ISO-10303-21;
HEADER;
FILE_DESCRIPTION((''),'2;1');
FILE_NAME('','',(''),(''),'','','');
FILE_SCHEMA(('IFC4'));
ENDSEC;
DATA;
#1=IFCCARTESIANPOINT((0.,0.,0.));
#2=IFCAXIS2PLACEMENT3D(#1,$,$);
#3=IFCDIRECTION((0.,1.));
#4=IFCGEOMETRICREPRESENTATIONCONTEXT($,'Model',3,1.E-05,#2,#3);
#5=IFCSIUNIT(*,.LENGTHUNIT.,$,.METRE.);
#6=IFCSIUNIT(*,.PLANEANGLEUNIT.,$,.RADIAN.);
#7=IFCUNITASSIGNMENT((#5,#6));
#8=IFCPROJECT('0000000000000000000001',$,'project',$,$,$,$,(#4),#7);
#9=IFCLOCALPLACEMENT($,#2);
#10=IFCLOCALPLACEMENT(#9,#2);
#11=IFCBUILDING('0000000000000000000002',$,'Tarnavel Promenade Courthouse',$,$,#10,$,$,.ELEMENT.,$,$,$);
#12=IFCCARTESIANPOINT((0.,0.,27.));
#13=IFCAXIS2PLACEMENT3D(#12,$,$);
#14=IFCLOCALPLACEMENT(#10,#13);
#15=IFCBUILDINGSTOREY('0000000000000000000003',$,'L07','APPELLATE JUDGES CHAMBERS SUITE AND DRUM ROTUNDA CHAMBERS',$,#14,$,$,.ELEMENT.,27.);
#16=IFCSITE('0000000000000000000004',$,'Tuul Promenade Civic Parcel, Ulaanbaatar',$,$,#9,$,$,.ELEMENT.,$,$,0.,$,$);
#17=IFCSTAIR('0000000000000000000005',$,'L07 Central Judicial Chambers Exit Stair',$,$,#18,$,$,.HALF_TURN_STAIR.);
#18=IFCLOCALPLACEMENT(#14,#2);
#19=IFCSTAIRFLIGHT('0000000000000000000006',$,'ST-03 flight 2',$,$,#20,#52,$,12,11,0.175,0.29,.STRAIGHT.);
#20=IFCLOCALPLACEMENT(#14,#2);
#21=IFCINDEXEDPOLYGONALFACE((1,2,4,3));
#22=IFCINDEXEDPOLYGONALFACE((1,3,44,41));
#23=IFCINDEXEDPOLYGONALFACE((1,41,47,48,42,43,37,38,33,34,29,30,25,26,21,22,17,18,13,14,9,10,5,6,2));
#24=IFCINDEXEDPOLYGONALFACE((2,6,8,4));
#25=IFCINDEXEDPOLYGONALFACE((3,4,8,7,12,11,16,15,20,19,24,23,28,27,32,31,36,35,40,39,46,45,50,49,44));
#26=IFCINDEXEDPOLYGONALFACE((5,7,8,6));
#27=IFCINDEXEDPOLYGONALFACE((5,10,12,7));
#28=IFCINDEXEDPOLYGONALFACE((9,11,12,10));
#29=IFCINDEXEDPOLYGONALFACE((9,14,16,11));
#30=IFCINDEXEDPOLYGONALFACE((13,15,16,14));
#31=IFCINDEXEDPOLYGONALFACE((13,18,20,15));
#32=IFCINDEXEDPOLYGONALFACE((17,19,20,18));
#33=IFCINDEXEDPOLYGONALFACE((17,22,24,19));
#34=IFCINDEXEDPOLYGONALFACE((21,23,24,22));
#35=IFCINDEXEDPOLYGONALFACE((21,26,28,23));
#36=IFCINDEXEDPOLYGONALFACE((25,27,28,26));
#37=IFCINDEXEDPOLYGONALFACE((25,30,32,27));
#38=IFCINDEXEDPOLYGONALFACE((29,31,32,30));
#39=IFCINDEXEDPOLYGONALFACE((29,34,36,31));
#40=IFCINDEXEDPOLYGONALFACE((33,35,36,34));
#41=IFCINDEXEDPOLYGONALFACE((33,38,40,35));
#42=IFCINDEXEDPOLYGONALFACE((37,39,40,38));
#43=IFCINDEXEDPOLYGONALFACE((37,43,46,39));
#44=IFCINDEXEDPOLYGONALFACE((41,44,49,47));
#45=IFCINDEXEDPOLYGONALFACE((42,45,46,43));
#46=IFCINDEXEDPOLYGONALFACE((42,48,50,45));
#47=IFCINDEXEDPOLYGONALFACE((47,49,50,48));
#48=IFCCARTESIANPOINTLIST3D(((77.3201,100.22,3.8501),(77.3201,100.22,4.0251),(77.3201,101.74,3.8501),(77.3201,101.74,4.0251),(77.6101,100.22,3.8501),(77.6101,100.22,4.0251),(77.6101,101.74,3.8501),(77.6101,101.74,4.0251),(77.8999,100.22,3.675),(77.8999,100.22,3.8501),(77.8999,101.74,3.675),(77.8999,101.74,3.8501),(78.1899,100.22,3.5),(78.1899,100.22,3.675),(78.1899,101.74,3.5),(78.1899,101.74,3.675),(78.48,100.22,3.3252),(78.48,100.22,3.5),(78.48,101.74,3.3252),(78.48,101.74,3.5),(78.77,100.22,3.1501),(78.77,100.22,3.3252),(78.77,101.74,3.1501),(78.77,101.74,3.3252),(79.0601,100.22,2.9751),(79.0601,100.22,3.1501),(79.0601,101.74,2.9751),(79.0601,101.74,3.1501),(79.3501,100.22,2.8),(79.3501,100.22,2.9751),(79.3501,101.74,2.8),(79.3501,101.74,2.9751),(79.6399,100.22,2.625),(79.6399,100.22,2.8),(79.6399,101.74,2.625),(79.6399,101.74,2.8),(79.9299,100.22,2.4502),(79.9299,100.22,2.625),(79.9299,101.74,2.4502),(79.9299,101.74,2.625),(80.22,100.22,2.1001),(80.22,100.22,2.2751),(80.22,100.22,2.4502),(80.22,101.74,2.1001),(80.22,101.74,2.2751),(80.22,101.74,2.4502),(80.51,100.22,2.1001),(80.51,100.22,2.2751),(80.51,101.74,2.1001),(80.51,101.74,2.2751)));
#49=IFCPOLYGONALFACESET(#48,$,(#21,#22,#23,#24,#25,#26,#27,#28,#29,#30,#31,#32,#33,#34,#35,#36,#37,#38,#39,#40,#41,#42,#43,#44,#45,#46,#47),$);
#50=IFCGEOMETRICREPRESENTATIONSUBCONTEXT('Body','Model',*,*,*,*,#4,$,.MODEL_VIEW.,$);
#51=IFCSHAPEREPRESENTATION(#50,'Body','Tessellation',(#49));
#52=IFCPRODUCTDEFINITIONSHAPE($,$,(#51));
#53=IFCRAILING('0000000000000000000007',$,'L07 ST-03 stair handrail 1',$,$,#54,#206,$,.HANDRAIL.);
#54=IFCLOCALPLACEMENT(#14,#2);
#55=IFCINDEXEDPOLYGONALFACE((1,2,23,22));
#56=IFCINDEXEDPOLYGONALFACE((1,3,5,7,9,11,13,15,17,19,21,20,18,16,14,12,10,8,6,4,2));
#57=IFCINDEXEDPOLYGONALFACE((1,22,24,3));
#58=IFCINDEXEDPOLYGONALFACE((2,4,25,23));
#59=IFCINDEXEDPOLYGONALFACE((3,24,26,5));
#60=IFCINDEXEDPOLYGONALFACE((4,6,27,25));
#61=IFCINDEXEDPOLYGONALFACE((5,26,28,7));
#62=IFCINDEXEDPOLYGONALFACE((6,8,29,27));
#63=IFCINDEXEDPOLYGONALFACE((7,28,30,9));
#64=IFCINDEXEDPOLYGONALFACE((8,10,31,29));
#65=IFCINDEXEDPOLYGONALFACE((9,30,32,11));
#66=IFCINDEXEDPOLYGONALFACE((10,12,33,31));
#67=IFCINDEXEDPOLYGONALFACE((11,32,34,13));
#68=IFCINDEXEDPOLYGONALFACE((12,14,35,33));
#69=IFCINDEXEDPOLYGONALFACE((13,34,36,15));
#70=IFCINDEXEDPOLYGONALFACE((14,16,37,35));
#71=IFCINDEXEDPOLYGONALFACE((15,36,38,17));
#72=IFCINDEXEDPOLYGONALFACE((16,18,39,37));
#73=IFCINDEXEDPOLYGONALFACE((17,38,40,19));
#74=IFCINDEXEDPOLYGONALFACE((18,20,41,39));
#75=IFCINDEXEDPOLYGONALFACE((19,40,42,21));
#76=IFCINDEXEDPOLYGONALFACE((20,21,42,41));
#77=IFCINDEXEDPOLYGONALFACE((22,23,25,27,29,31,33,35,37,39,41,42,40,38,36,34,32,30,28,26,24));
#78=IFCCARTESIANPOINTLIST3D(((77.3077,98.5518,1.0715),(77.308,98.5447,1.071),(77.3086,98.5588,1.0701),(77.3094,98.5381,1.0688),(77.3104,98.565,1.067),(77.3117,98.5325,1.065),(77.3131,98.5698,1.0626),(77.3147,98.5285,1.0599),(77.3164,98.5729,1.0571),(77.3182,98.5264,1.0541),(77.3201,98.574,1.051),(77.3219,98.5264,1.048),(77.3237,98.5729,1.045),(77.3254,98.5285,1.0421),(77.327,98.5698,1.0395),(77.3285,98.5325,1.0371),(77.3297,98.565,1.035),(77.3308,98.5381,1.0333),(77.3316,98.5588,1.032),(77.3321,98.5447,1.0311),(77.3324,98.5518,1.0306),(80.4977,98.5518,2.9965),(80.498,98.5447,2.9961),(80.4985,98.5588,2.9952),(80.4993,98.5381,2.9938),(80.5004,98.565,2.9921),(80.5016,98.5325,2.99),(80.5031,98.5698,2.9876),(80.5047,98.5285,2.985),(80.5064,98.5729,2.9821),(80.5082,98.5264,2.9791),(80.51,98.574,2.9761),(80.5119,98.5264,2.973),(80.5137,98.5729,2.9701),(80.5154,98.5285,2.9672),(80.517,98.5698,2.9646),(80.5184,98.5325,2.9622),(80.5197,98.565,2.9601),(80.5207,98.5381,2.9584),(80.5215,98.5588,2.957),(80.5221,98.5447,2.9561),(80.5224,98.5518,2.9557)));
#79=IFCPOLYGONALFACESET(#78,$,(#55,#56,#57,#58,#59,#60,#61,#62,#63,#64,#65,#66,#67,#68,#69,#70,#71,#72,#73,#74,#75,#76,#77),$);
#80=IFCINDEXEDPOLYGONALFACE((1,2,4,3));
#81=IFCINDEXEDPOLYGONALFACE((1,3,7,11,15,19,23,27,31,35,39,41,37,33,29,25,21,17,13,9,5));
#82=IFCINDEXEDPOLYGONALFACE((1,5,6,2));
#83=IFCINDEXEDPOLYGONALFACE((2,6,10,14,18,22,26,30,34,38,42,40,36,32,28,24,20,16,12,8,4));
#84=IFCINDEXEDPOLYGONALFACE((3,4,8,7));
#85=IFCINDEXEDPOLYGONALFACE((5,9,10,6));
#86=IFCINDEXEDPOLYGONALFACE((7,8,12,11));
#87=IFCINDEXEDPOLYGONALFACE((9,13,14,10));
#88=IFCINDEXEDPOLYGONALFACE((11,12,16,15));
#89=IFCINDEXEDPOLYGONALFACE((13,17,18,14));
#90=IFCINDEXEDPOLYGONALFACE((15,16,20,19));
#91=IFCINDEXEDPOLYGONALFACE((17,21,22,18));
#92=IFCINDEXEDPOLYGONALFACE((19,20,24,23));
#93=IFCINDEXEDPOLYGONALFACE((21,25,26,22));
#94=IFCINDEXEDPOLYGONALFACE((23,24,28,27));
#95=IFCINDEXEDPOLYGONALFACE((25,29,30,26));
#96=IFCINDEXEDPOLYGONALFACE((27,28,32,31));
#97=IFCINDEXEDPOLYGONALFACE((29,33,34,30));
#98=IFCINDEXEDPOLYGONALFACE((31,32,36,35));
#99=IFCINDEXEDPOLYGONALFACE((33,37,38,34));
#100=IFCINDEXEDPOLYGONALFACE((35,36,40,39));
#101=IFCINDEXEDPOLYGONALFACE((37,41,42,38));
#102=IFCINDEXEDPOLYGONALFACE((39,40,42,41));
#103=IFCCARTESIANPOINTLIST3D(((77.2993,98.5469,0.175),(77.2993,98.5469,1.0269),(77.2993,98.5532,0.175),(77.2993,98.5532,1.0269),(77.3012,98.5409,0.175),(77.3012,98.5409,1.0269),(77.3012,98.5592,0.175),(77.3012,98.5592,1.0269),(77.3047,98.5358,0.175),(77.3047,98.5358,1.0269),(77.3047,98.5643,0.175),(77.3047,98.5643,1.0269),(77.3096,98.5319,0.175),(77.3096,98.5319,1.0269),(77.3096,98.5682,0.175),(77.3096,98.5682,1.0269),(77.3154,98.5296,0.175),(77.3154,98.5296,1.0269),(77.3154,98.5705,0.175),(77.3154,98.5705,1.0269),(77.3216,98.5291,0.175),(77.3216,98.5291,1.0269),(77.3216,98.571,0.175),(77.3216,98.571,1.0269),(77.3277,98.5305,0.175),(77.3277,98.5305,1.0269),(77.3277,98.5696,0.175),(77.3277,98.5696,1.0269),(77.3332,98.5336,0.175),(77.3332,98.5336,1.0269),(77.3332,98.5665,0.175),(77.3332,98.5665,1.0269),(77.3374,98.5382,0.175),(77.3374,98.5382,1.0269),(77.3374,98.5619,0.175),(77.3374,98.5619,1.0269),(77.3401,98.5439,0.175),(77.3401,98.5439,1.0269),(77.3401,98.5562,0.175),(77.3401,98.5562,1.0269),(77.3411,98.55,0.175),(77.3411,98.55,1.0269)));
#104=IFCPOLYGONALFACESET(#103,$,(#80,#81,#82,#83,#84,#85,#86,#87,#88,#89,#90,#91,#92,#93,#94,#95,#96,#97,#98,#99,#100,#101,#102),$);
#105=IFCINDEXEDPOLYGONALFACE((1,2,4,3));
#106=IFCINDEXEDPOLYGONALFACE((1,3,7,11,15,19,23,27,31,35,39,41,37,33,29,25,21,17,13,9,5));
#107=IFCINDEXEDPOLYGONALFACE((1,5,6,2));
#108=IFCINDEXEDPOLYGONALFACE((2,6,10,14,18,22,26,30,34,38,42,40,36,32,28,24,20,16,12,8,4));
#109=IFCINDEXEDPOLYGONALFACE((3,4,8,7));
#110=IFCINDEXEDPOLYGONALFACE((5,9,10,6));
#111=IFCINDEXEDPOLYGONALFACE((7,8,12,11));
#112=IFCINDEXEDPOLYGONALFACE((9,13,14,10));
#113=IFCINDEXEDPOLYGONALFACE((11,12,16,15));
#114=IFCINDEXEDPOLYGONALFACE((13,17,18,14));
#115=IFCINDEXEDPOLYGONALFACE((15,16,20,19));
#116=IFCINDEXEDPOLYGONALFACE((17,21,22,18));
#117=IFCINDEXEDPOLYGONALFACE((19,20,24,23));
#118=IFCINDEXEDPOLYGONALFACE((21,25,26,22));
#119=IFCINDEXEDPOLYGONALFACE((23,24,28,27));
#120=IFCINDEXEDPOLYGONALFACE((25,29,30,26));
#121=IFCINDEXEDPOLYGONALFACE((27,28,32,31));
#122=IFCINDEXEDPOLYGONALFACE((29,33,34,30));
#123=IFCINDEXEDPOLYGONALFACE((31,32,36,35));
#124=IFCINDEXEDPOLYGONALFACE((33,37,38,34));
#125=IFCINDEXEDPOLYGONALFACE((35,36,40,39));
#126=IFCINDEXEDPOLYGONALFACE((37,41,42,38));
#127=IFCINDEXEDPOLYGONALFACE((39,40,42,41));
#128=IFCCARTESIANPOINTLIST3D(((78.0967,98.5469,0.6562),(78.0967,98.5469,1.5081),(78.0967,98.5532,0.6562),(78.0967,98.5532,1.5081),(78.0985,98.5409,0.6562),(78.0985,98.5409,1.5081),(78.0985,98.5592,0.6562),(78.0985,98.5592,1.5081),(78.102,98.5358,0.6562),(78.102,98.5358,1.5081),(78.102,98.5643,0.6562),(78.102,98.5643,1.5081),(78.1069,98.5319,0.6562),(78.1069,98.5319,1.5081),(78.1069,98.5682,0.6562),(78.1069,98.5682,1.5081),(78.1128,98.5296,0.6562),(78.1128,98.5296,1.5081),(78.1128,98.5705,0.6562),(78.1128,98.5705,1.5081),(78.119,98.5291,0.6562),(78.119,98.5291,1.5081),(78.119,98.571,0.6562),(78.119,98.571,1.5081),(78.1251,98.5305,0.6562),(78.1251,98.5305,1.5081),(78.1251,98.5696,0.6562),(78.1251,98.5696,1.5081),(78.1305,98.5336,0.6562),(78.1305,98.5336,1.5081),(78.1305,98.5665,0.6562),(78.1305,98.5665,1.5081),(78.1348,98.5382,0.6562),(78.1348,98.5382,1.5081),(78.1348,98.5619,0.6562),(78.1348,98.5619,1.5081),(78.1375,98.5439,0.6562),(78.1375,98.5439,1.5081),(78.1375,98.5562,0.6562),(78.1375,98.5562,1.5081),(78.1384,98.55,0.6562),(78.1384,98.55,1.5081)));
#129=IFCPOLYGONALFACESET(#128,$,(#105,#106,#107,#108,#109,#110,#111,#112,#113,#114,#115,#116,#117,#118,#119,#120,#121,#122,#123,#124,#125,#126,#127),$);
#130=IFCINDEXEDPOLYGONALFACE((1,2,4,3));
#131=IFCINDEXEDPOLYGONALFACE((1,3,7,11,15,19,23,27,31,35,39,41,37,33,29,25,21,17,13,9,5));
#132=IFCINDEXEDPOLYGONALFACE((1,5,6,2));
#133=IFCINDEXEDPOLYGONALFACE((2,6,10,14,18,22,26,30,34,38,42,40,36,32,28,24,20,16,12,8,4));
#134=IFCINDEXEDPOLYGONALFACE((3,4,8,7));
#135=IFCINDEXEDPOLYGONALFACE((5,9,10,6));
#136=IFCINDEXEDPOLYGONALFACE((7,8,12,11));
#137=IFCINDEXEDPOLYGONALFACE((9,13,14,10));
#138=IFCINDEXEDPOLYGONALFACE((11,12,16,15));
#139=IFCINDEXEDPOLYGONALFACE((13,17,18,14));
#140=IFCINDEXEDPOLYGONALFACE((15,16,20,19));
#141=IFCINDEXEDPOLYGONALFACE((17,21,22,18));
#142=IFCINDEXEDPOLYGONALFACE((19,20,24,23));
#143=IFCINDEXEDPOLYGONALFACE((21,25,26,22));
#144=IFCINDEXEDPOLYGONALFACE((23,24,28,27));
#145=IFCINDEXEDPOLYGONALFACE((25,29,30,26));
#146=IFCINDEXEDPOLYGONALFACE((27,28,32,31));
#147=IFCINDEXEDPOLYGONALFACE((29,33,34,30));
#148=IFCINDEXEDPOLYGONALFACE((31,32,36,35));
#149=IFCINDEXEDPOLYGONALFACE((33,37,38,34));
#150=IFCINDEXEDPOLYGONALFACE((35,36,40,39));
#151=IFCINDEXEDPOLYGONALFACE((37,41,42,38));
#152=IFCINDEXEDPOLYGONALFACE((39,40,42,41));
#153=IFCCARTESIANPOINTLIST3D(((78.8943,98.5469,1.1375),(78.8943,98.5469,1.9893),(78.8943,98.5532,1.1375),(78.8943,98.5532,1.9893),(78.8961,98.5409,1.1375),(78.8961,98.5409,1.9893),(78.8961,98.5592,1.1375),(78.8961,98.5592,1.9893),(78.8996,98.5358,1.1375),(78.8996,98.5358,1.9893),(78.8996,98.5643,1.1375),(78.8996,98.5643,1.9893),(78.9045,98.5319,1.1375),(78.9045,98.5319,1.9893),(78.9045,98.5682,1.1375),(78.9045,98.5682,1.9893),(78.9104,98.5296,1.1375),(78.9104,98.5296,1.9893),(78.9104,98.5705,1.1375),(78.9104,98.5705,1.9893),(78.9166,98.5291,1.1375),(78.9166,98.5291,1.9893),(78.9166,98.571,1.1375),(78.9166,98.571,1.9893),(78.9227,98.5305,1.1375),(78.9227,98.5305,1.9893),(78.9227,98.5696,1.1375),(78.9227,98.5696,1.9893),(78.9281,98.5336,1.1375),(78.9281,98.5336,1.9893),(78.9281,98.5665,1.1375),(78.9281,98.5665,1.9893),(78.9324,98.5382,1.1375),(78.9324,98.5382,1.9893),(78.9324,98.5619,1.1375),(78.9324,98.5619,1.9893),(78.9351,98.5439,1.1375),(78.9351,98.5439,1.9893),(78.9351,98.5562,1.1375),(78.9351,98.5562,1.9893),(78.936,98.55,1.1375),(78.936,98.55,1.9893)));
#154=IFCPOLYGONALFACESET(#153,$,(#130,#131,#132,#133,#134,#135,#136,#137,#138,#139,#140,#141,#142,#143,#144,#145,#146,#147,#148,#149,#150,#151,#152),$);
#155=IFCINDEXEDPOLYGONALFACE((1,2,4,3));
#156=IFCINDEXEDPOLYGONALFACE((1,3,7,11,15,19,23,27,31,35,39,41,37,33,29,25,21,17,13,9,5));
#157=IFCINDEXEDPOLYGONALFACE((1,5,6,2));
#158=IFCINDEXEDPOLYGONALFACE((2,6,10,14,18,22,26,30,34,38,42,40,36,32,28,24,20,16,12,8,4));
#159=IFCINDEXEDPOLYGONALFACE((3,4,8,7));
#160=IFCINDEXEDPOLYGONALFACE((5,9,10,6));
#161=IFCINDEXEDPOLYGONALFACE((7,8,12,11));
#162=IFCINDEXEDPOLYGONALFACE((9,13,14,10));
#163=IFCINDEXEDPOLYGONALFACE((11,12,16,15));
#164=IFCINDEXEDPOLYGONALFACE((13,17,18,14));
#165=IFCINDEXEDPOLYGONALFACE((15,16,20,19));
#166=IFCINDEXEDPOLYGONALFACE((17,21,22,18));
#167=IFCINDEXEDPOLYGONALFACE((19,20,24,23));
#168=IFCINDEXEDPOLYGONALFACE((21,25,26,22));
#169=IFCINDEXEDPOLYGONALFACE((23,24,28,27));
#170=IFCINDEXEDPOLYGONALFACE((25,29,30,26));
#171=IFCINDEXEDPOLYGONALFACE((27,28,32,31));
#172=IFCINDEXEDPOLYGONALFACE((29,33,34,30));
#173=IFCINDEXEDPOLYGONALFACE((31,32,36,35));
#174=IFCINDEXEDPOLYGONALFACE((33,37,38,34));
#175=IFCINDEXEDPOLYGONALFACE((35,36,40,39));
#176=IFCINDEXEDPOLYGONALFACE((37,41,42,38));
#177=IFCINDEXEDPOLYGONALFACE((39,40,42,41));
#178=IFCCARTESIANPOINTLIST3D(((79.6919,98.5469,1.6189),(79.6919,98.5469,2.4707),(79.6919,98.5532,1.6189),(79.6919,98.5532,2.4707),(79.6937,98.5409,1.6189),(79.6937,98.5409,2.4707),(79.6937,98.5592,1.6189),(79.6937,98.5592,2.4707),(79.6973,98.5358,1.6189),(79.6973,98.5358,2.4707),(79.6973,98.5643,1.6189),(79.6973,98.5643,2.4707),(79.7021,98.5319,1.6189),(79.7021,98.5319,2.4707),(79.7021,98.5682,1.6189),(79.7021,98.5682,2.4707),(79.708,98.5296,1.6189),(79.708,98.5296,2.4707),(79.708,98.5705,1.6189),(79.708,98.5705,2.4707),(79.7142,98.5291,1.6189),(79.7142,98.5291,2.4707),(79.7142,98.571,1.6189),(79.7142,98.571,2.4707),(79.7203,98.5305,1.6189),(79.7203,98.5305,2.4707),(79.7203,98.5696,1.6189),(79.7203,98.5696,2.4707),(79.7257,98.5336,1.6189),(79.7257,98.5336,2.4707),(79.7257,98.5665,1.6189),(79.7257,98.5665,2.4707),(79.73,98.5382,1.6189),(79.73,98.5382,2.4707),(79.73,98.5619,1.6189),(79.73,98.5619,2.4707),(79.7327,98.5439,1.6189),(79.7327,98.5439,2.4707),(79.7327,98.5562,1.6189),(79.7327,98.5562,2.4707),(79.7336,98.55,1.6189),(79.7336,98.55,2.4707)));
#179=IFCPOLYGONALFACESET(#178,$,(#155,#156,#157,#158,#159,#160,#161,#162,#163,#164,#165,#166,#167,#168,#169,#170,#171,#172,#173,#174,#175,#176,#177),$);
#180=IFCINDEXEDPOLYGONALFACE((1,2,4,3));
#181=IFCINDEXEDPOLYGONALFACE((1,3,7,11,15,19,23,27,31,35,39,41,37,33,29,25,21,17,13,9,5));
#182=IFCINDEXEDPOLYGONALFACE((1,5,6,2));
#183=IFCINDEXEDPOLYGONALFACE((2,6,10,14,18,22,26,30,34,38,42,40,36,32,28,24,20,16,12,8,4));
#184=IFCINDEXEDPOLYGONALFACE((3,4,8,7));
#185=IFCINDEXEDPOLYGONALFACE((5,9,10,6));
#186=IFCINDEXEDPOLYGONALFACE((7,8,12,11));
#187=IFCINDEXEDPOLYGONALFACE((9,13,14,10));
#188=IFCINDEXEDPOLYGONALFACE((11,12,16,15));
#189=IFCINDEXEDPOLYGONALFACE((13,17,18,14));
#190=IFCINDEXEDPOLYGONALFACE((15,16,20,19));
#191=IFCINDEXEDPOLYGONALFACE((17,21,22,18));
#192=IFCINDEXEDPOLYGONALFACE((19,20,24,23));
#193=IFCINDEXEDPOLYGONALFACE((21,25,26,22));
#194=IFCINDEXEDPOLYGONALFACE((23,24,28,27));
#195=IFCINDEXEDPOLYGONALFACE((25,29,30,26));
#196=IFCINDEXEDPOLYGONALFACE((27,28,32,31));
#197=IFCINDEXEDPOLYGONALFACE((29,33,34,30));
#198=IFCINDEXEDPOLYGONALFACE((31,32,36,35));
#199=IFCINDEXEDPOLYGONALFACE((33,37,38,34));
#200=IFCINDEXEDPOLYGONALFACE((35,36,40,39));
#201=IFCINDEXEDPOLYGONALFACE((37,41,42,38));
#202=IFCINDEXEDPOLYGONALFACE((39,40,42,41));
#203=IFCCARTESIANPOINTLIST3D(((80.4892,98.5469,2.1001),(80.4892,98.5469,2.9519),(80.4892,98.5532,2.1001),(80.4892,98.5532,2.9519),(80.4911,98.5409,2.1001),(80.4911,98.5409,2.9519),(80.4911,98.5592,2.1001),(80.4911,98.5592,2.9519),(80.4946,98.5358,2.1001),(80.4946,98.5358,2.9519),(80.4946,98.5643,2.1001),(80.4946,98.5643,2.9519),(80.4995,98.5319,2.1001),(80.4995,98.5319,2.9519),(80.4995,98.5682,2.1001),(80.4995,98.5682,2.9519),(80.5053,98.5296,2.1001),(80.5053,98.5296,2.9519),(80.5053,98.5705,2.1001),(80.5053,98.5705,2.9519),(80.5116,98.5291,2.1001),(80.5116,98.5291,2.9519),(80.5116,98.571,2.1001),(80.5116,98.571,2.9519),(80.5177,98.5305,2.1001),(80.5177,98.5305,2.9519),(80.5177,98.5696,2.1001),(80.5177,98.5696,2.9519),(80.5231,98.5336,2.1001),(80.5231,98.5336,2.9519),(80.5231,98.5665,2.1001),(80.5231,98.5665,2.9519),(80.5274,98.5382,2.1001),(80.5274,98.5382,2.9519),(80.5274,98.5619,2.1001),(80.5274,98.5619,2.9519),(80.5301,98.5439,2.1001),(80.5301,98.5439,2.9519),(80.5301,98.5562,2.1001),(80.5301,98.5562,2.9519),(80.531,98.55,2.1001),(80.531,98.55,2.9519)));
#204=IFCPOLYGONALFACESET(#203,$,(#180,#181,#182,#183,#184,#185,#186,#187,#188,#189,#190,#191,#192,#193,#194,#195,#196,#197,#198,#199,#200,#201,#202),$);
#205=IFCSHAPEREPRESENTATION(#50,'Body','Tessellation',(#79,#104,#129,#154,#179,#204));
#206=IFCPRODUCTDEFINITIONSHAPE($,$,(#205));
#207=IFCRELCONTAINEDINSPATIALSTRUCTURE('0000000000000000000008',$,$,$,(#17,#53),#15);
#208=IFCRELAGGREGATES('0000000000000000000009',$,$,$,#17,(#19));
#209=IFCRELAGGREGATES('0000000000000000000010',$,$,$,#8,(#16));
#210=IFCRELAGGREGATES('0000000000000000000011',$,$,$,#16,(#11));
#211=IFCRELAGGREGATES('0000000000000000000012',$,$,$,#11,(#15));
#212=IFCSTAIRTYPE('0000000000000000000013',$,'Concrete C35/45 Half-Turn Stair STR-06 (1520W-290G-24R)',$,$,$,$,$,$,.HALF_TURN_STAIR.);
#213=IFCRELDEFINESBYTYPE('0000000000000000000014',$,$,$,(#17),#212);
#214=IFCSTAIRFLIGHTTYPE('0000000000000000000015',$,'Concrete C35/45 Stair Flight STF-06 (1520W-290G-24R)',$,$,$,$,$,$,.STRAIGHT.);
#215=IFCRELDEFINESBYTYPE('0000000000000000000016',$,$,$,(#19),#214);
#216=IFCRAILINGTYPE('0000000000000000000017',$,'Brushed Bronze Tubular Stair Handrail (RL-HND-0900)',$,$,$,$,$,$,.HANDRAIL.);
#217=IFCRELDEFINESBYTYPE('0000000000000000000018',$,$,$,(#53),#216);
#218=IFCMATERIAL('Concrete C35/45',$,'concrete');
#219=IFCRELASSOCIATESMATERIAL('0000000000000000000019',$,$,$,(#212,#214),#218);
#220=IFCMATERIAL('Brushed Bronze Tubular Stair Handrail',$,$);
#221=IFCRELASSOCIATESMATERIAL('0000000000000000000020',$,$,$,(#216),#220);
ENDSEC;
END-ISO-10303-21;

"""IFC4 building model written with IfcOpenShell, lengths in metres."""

from ifc_helpers import new_model, si_unit, direction, frame, origin, origin_2d, place, context, subcontext, project, spatial, polyline, circle, outline, extrude, material, type_object, element, aggregate, save


model = new_model("IFC4")

# Units and contexts
model_context = context("Model", 3, precision=1e-05, world=origin(), true_north=direction((0.0, 1.0)))
body_context = subcontext(model_context, "Body", "Model", "MODEL_VIEW")
ifc_project = project(units=[si_unit("LENGTHUNIT", "METRE"), si_unit("PLANEANGLEUNIT", "RADIAN")], contexts=[model_context])

# Site, building, storey
site_placement = place(None, origin())
site = spatial("IfcSite", under=ifc_project, at=site_placement, Name="Tuul Promenade Civic Parcel, Ulaanbaatar", CompositionType="ELEMENT", RefElevation=0.0)
building_placement = place(site_placement, origin())
building = spatial("IfcBuilding", under=site, at=building_placement, Name="Tarnavel Promenade Courthouse", CompositionType="ELEMENT")
storey_placement = place(building_placement, frame((0.0, 0.0, 27.0)))
storey = spatial("IfcBuildingStorey", under=building, at=storey_placement, Name="L07", Description="APPELLATE JUDGES CHAMBERS SUITE AND DRUM ROTUNDA CHAMBERS", CompositionType="ELEMENT", Elevation=27.0)

# Stair, stair flight
ifc_material_1 = material(Name="Concrete C35/45", Category="concrete")
stair_type = type_object("IfcStairType", Name="Concrete C35/45 Half-Turn Stair STR-06 (1520W-290G-24R)", PredefinedType="HALF_TURN_STAIR", material=ifc_material_1)
stair_placement = place(storey_placement, origin())
stair = element("IfcStair", 1, at=stair_placement, inside=storey, type_object=stair_type, Name="L07 Central Judicial Chambers Exit Stair", PredefinedType="HALF_TURN_STAIR")
stair_flight_type = type_object("IfcStairFlightType", Name="Concrete C35/45 Stair Flight STF-06 (1520W-290G-24R)", PredefinedType="STRAIGHT", material=ifc_material_1)
stair_flight_1_placement = place(storey_placement, frame((80.51, 100.98, 2.1001), z_axis=(0.0, 0.0, 1.0), x_axis=(-1.0, 0.0, 0.0)))
stair_flight_1 = element("IfcStairFlight", 2, at=stair_flight_1_placement, type_object=stair_flight_type, Name="ST-03 flight 2", NumberOfRisers=12, NumberOfTreads=11, PredefinedType="STRAIGHT", RiserHeight=0.175, TreadLength=0.29, context=body_context, shape_type="SweptSolid", body=[
    extrude(outline(polyline([(0.0, 0.0), (0.0, 0.175), (0.29, 0.175), (0.29, 0.3501), (0.5801, 0.3501), (0.5801, 0.5249), (0.8701, 0.5249), (0.8701, 0.7), (1.1599, 0.7), (1.1599, 0.875), (1.45, 0.875), (1.45, 1.05), (1.74, 1.05), (1.74, 1.2251), (2.03, 1.2251), (2.03, 1.3999), (2.3201, 1.3999), (2.3201, 1.575), (2.6101, 1.575), (2.6101, 1.75), (2.8999, 1.75), (2.8999, 1.925), (3.1899, 1.925), (3.1899, 2.1001), (3.1899, 1.75), (0.29, 0.0), (0.0, 0.0)])), frame((0.0, 0.76, 0.0), z_axis=(0.0, -1.0, 0.0), x_axis=(1.0, 0.0, 0.0)), (0.0, 0.0, 1.0), 1.52),
])
aggregate(stair, [stair_flight_1])

# Railing
ifc_material_2 = material(Name="Brushed Bronze Tubular Stair Handrail")
railing_type_1 = type_object("IfcRailingType", Name="Brushed Bronze Tubular Stair Handrail (RL-HND-0900)", PredefinedType="HANDRAIL", material=ifc_material_2)
railing_1_placement = place(storey_placement, frame((77.3201, 98.55, 0.175)))
element("IfcRailing", 3, at=railing_1_placement, inside=storey, type_object=railing_type_1, Name="L07 ST-03 stair handrail 1", PredefinedType="HANDRAIL", context=body_context, shape_type="SweptSolid", body=[
    extrude(circle(Radius=0.0239, at=origin_2d()), frame((0.0, 0.0, 0.876), z_axis=(0.856178, 0.0, 0.516682), x_axis=(0.0, 1.0, 0.0)), (0.0, 0.0, 1.0), 3.7258),
    extrude(circle(Radius=0.021, at=origin_2d()), origin(), (0.0, 0.0, 1.0), 0.8518),
    extrude(circle(Radius=0.021, at=origin_2d()), frame((0.7974, 0.0, 0.4812)), (0.0, 0.0, 1.0), 0.8518),
    extrude(circle(Radius=0.021, at=origin_2d()), frame((1.595, 0.0, 0.9624)), (0.0, 0.0, 1.0), 0.8518),
    extrude(circle(Radius=0.021, at=origin_2d()), frame((2.3926, 0.0, 1.4438)), (0.0, 0.0, 1.0), 0.8518),
    extrude(circle(Radius=0.021, at=origin_2d()), frame((3.1899, 0.0, 1.925)), (0.0, 0.0, 1.0), 0.8518),
])

save(model, "model.ifc")
